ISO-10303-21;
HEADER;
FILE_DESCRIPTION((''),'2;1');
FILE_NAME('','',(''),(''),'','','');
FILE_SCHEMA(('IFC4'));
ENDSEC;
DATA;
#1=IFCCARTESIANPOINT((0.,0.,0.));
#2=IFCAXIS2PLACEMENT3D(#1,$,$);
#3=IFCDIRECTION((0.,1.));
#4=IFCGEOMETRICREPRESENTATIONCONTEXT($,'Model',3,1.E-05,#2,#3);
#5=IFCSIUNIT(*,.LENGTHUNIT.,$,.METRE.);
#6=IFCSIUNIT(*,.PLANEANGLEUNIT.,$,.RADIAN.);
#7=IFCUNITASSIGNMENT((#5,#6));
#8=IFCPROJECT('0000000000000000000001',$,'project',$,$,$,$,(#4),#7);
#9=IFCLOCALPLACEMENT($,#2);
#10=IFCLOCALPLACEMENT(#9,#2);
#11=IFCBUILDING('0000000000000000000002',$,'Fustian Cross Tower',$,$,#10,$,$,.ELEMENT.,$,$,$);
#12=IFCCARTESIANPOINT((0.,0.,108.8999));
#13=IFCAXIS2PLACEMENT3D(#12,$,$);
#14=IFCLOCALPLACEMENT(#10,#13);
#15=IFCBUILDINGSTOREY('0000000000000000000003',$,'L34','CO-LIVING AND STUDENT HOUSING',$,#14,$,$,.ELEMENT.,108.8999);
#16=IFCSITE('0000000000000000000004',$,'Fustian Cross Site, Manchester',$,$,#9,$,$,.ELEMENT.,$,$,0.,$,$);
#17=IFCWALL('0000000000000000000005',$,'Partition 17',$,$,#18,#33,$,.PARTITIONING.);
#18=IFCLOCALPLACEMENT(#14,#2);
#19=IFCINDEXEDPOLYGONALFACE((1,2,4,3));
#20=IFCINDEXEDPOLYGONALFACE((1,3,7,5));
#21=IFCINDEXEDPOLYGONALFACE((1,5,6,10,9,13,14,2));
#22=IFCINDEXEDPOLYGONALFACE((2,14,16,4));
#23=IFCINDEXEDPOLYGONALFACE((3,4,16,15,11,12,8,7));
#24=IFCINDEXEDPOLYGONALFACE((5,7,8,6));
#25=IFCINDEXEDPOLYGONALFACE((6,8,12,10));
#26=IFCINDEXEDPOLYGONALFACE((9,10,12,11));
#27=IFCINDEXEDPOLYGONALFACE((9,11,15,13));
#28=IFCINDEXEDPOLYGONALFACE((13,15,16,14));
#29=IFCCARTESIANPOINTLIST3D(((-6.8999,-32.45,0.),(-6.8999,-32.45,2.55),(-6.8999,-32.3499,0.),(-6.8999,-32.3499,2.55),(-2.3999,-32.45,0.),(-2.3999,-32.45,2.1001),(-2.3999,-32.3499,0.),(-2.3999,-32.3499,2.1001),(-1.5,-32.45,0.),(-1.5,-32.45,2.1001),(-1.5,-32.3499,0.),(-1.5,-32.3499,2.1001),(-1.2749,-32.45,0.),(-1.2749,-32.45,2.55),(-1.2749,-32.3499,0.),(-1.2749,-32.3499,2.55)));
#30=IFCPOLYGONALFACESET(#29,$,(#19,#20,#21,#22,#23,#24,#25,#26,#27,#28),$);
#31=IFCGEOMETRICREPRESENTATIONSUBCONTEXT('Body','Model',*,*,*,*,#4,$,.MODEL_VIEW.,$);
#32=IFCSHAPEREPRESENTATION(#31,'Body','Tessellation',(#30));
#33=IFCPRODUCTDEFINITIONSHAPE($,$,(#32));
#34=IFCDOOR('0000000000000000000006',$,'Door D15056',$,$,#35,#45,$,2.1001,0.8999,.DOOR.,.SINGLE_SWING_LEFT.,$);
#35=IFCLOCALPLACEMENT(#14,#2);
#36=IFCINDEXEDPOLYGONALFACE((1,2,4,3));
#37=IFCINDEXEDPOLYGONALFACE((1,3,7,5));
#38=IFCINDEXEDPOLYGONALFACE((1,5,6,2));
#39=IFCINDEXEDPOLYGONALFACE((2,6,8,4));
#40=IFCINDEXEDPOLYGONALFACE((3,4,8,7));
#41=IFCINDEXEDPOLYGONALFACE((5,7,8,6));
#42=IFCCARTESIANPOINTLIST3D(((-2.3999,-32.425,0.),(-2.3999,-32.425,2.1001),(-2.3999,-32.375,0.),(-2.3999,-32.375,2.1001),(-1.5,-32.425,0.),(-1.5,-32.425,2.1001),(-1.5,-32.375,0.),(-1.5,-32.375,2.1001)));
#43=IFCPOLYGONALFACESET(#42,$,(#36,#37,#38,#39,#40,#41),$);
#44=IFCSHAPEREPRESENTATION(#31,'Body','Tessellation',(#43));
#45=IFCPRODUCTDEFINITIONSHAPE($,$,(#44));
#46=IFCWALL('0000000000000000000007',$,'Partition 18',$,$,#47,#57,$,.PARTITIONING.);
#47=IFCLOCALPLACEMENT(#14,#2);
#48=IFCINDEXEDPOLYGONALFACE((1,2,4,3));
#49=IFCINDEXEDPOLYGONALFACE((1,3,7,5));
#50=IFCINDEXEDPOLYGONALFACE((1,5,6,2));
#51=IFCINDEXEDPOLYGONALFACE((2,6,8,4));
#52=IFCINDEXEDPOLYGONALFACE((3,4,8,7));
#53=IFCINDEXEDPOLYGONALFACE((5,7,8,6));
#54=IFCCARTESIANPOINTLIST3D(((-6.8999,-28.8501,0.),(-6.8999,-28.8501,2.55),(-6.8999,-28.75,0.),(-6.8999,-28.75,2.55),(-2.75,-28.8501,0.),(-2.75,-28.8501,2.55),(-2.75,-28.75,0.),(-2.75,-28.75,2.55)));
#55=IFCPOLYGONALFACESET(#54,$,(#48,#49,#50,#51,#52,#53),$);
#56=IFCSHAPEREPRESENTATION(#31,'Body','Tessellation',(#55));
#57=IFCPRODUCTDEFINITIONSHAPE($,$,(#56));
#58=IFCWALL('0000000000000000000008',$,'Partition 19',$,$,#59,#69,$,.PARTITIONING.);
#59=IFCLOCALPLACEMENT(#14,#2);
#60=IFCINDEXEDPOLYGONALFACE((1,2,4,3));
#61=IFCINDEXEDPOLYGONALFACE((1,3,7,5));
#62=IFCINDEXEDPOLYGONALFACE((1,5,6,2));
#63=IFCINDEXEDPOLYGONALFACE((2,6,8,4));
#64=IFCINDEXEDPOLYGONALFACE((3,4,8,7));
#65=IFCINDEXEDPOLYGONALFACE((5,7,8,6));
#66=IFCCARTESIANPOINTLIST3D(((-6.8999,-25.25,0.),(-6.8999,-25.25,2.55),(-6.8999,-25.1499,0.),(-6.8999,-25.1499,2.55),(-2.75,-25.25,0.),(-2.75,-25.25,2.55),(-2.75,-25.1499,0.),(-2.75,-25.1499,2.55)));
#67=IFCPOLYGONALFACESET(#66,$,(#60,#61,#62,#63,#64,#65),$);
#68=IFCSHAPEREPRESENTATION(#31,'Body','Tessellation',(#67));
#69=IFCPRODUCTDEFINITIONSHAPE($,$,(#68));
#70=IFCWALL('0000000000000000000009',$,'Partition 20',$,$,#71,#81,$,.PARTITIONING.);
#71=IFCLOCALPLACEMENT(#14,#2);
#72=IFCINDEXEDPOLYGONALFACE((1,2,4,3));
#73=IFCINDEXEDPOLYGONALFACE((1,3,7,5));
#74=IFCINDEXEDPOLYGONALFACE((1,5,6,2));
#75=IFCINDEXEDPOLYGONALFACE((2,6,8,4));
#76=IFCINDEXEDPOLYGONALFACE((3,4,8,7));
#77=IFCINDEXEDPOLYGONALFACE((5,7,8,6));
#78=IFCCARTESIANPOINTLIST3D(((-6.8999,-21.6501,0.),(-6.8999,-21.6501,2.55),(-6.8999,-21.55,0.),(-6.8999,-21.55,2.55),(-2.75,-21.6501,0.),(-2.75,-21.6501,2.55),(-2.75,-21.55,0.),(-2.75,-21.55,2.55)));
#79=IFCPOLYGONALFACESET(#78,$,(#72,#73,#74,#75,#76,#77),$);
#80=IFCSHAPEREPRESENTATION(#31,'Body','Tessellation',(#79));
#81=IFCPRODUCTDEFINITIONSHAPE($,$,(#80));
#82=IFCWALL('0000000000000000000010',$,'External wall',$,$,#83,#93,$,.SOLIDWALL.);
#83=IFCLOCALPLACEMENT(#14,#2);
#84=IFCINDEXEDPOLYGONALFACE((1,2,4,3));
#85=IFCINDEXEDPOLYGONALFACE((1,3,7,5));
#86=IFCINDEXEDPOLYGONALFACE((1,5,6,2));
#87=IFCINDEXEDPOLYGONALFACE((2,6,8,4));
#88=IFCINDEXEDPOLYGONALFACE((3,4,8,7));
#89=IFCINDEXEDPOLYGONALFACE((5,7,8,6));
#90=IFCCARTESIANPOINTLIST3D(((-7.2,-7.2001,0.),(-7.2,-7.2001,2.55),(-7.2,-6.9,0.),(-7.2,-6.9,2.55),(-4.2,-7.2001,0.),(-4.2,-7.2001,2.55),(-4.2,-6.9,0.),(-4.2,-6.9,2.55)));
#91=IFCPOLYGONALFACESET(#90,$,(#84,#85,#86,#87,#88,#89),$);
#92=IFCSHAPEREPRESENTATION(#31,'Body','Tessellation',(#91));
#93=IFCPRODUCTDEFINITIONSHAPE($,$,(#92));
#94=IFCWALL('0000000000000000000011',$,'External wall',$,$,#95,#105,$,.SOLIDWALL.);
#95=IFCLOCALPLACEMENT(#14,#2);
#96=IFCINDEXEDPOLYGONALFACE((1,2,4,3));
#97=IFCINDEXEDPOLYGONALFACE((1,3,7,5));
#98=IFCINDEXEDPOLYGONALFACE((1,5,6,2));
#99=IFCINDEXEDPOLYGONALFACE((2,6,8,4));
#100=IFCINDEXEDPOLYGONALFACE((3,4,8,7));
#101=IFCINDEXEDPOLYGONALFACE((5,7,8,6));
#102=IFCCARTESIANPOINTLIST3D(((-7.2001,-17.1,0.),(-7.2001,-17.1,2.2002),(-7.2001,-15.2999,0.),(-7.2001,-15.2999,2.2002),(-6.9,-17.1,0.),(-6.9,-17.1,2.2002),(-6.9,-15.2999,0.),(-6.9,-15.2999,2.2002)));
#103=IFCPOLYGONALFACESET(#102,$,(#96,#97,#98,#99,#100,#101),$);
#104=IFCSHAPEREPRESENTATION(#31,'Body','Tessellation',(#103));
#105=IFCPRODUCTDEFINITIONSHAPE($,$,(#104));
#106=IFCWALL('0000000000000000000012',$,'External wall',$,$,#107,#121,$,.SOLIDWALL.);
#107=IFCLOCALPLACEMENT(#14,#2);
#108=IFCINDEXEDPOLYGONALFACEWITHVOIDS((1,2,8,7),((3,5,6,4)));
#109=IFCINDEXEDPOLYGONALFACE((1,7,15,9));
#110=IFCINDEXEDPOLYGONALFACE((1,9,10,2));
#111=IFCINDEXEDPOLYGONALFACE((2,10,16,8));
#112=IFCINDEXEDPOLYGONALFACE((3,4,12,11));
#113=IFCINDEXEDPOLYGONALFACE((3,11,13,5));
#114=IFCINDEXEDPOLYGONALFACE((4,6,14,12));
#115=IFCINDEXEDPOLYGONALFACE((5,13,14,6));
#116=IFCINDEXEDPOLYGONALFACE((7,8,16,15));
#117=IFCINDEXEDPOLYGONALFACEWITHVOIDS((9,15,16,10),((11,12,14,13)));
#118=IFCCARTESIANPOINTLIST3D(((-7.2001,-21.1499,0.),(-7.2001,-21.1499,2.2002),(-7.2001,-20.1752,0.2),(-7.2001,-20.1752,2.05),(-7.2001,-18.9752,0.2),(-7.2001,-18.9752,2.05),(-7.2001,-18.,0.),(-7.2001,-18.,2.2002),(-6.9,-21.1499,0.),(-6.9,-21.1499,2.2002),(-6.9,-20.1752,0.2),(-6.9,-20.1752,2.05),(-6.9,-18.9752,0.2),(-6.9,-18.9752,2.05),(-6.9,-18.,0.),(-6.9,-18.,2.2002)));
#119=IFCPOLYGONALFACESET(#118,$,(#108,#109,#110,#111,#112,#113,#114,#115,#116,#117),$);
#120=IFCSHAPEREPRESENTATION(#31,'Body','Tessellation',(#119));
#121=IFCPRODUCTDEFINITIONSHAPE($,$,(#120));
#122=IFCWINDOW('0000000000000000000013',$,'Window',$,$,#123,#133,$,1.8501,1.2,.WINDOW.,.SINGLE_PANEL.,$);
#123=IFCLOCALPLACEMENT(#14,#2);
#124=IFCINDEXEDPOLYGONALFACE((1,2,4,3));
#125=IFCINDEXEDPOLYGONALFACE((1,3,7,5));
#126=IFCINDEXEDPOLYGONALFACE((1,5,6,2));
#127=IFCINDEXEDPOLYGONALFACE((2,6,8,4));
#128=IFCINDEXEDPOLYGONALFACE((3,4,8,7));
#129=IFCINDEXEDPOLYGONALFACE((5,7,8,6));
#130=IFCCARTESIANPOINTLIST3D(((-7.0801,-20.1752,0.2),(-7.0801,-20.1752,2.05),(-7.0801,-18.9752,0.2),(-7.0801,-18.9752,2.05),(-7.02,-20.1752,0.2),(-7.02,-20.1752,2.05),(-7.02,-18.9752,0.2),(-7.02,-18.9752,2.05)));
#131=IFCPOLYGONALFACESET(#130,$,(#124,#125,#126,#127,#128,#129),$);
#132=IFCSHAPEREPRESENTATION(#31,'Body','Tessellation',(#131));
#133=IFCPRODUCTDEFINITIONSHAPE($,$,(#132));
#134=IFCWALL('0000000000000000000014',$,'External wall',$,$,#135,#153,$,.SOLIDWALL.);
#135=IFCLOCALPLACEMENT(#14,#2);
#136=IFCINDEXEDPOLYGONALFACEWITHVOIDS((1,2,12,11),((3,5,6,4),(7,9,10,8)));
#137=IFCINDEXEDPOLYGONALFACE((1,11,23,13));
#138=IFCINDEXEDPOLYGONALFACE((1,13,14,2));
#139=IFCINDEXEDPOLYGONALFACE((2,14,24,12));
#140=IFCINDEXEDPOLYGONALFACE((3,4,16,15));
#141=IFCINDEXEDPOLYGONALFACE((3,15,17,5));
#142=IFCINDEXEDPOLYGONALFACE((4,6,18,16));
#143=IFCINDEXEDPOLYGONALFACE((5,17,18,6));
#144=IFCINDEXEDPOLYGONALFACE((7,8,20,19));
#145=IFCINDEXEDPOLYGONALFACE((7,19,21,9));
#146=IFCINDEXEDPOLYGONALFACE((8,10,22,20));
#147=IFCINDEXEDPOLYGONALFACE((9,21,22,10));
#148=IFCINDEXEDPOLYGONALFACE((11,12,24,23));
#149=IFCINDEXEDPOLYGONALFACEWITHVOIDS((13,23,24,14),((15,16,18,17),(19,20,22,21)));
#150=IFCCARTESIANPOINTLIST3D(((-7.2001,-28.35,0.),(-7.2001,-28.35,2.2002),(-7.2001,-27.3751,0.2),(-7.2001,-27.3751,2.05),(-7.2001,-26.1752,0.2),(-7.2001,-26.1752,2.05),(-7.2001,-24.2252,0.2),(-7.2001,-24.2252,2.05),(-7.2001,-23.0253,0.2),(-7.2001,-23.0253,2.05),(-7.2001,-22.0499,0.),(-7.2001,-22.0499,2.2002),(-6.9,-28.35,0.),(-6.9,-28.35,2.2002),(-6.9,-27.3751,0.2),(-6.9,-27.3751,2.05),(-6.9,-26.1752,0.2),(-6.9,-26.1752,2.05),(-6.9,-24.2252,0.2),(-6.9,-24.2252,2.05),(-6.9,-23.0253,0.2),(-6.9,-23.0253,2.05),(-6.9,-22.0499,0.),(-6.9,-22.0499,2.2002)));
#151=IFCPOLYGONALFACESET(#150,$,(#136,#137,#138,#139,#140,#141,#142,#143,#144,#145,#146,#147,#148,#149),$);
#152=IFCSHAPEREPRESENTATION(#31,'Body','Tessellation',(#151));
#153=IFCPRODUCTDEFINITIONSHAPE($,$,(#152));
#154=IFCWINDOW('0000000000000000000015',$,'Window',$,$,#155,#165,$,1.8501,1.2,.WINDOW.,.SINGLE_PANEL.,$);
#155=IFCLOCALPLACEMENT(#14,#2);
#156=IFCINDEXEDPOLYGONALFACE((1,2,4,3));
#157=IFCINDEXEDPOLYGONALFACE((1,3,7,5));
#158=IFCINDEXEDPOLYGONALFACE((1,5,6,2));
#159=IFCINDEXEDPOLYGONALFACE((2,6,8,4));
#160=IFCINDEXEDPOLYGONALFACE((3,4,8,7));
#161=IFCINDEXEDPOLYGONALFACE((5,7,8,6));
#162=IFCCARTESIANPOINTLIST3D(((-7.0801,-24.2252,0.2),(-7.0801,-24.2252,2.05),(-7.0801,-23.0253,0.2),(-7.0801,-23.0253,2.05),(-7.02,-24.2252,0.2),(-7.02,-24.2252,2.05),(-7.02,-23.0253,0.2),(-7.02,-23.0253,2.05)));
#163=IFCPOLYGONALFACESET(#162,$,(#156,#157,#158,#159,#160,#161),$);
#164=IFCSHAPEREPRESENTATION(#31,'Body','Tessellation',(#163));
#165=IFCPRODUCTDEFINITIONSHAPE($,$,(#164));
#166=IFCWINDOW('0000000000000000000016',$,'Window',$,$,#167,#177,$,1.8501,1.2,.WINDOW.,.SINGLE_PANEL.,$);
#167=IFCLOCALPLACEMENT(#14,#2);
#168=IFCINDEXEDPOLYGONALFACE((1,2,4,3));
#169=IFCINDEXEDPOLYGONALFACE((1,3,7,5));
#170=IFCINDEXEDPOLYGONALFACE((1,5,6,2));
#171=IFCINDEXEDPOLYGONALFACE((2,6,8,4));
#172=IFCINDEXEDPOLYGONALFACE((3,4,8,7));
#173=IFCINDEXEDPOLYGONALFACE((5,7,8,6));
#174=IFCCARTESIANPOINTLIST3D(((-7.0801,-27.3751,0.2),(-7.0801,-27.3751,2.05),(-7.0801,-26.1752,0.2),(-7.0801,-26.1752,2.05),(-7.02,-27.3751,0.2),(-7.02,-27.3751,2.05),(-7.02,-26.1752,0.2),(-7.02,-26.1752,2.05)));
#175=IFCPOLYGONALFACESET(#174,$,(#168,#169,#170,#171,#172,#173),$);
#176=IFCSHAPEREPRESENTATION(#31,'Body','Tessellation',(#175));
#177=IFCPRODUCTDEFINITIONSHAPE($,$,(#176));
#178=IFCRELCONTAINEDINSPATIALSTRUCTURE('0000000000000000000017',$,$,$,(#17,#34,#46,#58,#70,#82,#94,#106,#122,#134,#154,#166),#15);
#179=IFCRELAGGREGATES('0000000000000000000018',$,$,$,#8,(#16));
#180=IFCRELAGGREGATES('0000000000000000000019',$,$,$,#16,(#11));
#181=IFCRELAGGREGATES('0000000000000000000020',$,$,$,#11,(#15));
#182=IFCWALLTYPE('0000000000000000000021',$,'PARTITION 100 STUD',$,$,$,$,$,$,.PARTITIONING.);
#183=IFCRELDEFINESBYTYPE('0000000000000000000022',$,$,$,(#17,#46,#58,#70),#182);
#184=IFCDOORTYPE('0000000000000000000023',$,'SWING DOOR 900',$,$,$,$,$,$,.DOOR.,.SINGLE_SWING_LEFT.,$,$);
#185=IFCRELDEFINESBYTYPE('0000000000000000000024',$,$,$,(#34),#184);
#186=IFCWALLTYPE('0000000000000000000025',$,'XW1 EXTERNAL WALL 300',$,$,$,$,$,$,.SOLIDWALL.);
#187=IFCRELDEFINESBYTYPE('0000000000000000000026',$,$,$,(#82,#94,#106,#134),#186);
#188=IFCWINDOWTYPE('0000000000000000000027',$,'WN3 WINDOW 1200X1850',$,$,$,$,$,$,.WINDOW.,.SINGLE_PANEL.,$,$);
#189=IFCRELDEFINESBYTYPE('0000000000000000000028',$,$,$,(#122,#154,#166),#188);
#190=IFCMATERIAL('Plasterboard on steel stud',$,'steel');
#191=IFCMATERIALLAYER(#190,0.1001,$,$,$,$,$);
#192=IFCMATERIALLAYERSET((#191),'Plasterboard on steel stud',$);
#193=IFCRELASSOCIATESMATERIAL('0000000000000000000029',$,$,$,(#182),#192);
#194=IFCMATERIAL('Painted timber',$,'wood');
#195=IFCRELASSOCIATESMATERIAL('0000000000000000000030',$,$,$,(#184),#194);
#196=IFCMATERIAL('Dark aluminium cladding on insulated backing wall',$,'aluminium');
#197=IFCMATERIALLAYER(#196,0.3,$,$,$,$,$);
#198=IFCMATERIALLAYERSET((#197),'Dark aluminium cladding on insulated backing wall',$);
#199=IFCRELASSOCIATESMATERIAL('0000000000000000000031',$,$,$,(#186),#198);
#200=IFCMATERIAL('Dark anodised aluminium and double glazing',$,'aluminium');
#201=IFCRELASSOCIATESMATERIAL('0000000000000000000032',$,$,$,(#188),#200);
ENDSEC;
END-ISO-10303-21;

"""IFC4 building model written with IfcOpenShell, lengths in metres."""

from ifc_helpers import new_model, si_unit, direction, frame, frame_2d, origin, place, context, subcontext, project, spatial, rectangle, extrude, material, layer, layer_set, type_object, element, fill, save


model = new_model("IFC4")

# Units and contexts
model_context = context("Model", 3, precision=1e-05, world=origin(), true_north=direction((0.0, 1.0)))
body_context = subcontext(model_context, "Body", "Model", "MODEL_VIEW")
ifc_project = project(units=[si_unit("LENGTHUNIT", "METRE"), si_unit("PLANEANGLEUNIT", "RADIAN")], contexts=[model_context])

# Site, building, storey
site_placement = place(None, origin())
site = spatial("IfcSite", under=ifc_project, at=site_placement, Name="Fustian Cross Site, Manchester", CompositionType="ELEMENT", RefElevation=0.0)
building_placement = place(site_placement, origin())
building = spatial("IfcBuilding", under=site, at=building_placement, Name="Fustian Cross Tower", CompositionType="ELEMENT")
storey_placement = place(building_placement, frame((0.0, 0.0, 108.8999)))
storey = spatial("IfcBuildingStorey", under=building, at=storey_placement, Name="L34", Description="CO-LIVING AND STUDENT HOUSING", CompositionType="ELEMENT", Elevation=108.8999)

# Shared definitions
ifc_material_1 = material(Name="Plasterboard on steel stud", Category="steel")
ifc_layer_1 = layer(ifc_material_1, 0.1001)
ifc_layer_set_1 = layer_set([ifc_layer_1], Name="Plasterboard on steel stud")
wall_type_1 = type_object("IfcWallType", Name="PARTITION 100 STUD", PredefinedType="PARTITIONING", material=ifc_layer_set_1)

# Wall, opening, door
wall_1_placement = place(storey_placement, frame((-6.8999, -32.3999, 0.0), z_axis=(0.0, 0.0, 1.0), x_axis=(1.0, 0.0, 0.0)))
wall_1 = element("IfcWall", 1, at=wall_1_placement, inside=storey, type_object=wall_type_1, Name="Partition 17", PredefinedType="PARTITIONING", context=body_context, shape_type="SweptSolid", body=[
    extrude(rectangle(XDim=5.625, YDim=0.1001, at=frame_2d((2.8125, 0.0))), origin(), (0.0, 0.0, 1.0), 2.55),
])
opening_1_placement = place(wall_1_placement, frame((4.5, 0.0, 0.0)))
opening_1 = element("IfcOpeningElement", 2, at=opening_1_placement, cuts=wall_1, PredefinedType="OPENING", context=body_context, shape_type="SweptSolid", body=[
    extrude(rectangle(XDim=0.8999, YDim=2.1001, at=frame_2d((0.45, 1.05))), frame((0.0, 0.0601, 0.0), z_axis=(0.0, -1.0, 0.0), x_axis=(1.0, 0.0, 0.0)), (0.0, 0.0, 1.0), 0.1201),
])
ifc_material_2 = material(Name="Painted timber", Category="wood")
door_type_1 = type_object("IfcDoorType", Name="SWING DOOR 900", OperationType="SINGLE_SWING_LEFT", PredefinedType="DOOR", material=ifc_material_2)
door_1_placement = place(opening_1_placement, origin())
door_1 = element("IfcDoor", 3, at=door_1_placement, inside=storey, type_object=door_type_1, Name="Door D15056", OperationType="SINGLE_SWING_LEFT", OverallHeight=2.1001, OverallWidth=0.8999, PredefinedType="DOOR", context=body_context, shape_type="SweptSolid", body=[
    extrude(rectangle(XDim=0.8999, YDim=2.1001, at=frame_2d((0.45, 1.05))), frame((0.0, 0.0249, 0.0), z_axis=(0.0, -1.0, 0.0), x_axis=(1.0, 0.0, 0.0)), (0.0, 0.0, 1.0), 0.05),
])
fill(opening_1, door_1)

# Walls
for number, where, z_axis, x_axis, name in (
    (4, (-6.8999, -28.8, 0.0), (0.0, 0.0, 1.0), (1.0, 0.0, 0.0), "Partition 18"),
    (5, (-6.8999, -25.2, 0.0), (0.0, 0.0, 1.0), (1.0, 0.0, 0.0), "Partition 19"),
    (6, (-6.8999, -21.6001, 0.0), (0.0, 0.0, 1.0), (1.0, 0.0, 0.0), "Partition 20"),
):
    element("IfcWall", number, at=place(storey_placement, frame(where, z_axis=z_axis, x_axis=x_axis)), inside=storey, type_object=wall_type_1, Name=name, PredefinedType="PARTITIONING", context=body_context, shape_type="SweptSolid", body=[
        extrude(rectangle(XDim=4.1499, YDim=0.1001, at=frame_2d((2.075, 0.0))), origin(), (0.0, 0.0, 1.0), 2.55),
    ])
ifc_material_3 = material(Name="Dark aluminium cladding on insulated backing wall", Category="aluminium")
ifc_layer_2 = layer(ifc_material_3, 0.3)
ifc_layer_set_2 = layer_set([ifc_layer_2], Name="Dark aluminium cladding on insulated backing wall")
wall_type_2 = type_object("IfcWallType", Name="XW1 EXTERNAL WALL 300", PredefinedType="SOLIDWALL", material=ifc_layer_set_2)
wall_2_placement = place(storey_placement, frame((-7.2, -7.05, 0.0), z_axis=(0.0, 0.0, 1.0), x_axis=(1.0, 0.0, 0.0)))
element("IfcWall", 7, at=wall_2_placement, inside=storey, type_object=wall_type_2, Name="External wall", PredefinedType="SOLIDWALL", context=body_context, shape_type="SweptSolid", body=[
    extrude(rectangle(XDim=3.0, YDim=0.3, at=frame_2d((1.5, 0.0))), origin(), (0.0, 0.0, 1.0), 2.55),
])
wall_3_placement = place(storey_placement, frame((-7.05, -15.3, 0.0), z_axis=(0.0, 0.0, 1.0), x_axis=(0.0, -1.0, 0.0)))
element("IfcWall", 8, at=wall_3_placement, inside=storey, type_object=wall_type_2, Name="External wall", PredefinedType="SOLIDWALL", context=body_context, shape_type="SweptSolid", body=[
    extrude(rectangle(XDim=1.8, YDim=0.3, at=frame_2d((0.8999, 0.0))), origin(), (0.0, 0.0, 1.0), 2.2002),
])

# Wall, opening, window
wall_4_placement = place(storey_placement, frame((-7.05, -18.0, 0.0), z_axis=(0.0, 0.0, 1.0), x_axis=(0.0, -1.0, 0.0)))
wall_4 = element("IfcWall", 9, at=wall_4_placement, inside=storey, type_object=wall_type_2, Name="External wall", PredefinedType="SOLIDWALL", context=body_context, shape_type="SweptSolid", body=[
    extrude(rectangle(XDim=3.1499, YDim=0.3, at=frame_2d((1.575, 0.0))), origin(), (0.0, 0.0, 1.0), 2.2002),
])
opening_2_placement = place(wall_4_placement, frame((0.9751, 0.0, 0.2)))
opening_2 = element("IfcOpeningElement", 10, at=opening_2_placement, cuts=wall_4, PredefinedType="OPENING", context=body_context, shape_type="SweptSolid", body=[
    extrude(rectangle(XDim=1.2, YDim=1.8501, at=frame_2d((0.6001, 0.925))), frame((0.0, 0.1599, 0.0), z_axis=(0.0, -1.0, 0.0), x_axis=(1.0, 0.0, 0.0)), (0.0, 0.0, 1.0), 0.3201),
])
ifc_material_4 = material(Name="Dark anodised aluminium and double glazing", Category="aluminium")
window_type_1 = type_object("IfcWindowType", Name="WN3 WINDOW 1200X1850", PartitioningType="SINGLE_PANEL", PredefinedType="WINDOW", material=ifc_material_4)
window_1_placement = place(opening_2_placement, origin())
window_1 = element("IfcWindow", 11, at=window_1_placement, inside=storey, type_object=window_type_1, Name="Window", OverallHeight=1.8501, OverallWidth=1.2, PartitioningType="SINGLE_PANEL", PredefinedType="WINDOW", context=body_context, shape_type="SweptSolid", body=[
    extrude(rectangle(XDim=1.2, YDim=1.8501, at=frame_2d((0.6001, 0.925))), frame((0.0, 0.03, 0.0), z_axis=(0.0, -1.0, 0.0), x_axis=(1.0, 0.0, 0.0)), (0.0, 0.0, 1.0), 0.0601),
])
fill(opening_2, window_1)

# Wall, openings, windows
wall_5_placement = place(storey_placement, frame((-7.05, -22.05, 0.0), z_axis=(0.0, 0.0, 1.0), x_axis=(0.0, -1.0, 0.0)))
wall_5 = element("IfcWall", 12, at=wall_5_placement, inside=storey, type_object=wall_type_2, Name="External wall", PredefinedType="SOLIDWALL", context=body_context, shape_type="SweptSolid", body=[
    extrude(rectangle(XDim=6.3, YDim=0.3, at=frame_2d((3.1499, 0.0))), origin(), (0.0, 0.0, 1.0), 2.2002),
])
opening_3_placement = place(wall_5_placement, frame((0.9751, 0.0, 0.2)))
opening_3 = element("IfcOpeningElement", 13, at=opening_3_placement, cuts=wall_5, PredefinedType="OPENING", context=body_context, shape_type="SweptSolid", body=[
    extrude(rectangle(XDim=1.2, YDim=1.8501, at=frame_2d((0.6001, 0.925))), frame((0.0, 0.1599, 0.0), z_axis=(0.0, -1.0, 0.0), x_axis=(1.0, 0.0, 0.0)), (0.0, 0.0, 1.0), 0.3201),
])
opening_4_placement = place(wall_5_placement, frame((4.125, 0.0, 0.2)))
opening_4 = element("IfcOpeningElement", 14, at=opening_4_placement, cuts=wall_5, PredefinedType="OPENING", context=body_context, shape_type="SweptSolid", body=[
    extrude(rectangle(XDim=1.2, YDim=1.8501, at=frame_2d((0.6001, 0.925))), frame((0.0, 0.1599, 0.0), z_axis=(0.0, -1.0, 0.0), x_axis=(1.0, 0.0, 0.0)), (0.0, 0.0, 1.0), 0.3201),
])
window_2_placement = place(opening_3_placement, origin())
window_2 = element("IfcWindow", 15, at=window_2_placement, inside=storey, type_object=window_type_1, Name="Window", OverallHeight=1.8501, OverallWidth=1.2, PartitioningType="SINGLE_PANEL", PredefinedType="WINDOW", context=body_context, shape_type="SweptSolid", body=[
    extrude(rectangle(XDim=1.2, YDim=1.8501, at=frame_2d((0.6001, 0.925))), frame((0.0, 0.03, 0.0), z_axis=(0.0, -1.0, 0.0), x_axis=(1.0, 0.0, 0.0)), (0.0, 0.0, 1.0), 0.0601),
])
fill(opening_3, window_2)
window_3_placement = place(opening_4_placement, origin())
window_3 = element("IfcWindow", 16, at=window_3_placement, inside=storey, type_object=window_type_1, Name="Window", OverallHeight=1.8501, OverallWidth=1.2, PartitioningType="SINGLE_PANEL", PredefinedType="WINDOW", context=body_context, shape_type="SweptSolid", body=[
    extrude(rectangle(XDim=1.2, YDim=1.8501, at=frame_2d((0.6001, 0.925))), frame((0.0, 0.03, 0.0), z_axis=(0.0, -1.0, 0.0), x_axis=(1.0, 0.0, 0.0)), (0.0, 0.0, 1.0), 0.0601),
])
fill(opening_4, window_3)

save(model, "model.ifc")
